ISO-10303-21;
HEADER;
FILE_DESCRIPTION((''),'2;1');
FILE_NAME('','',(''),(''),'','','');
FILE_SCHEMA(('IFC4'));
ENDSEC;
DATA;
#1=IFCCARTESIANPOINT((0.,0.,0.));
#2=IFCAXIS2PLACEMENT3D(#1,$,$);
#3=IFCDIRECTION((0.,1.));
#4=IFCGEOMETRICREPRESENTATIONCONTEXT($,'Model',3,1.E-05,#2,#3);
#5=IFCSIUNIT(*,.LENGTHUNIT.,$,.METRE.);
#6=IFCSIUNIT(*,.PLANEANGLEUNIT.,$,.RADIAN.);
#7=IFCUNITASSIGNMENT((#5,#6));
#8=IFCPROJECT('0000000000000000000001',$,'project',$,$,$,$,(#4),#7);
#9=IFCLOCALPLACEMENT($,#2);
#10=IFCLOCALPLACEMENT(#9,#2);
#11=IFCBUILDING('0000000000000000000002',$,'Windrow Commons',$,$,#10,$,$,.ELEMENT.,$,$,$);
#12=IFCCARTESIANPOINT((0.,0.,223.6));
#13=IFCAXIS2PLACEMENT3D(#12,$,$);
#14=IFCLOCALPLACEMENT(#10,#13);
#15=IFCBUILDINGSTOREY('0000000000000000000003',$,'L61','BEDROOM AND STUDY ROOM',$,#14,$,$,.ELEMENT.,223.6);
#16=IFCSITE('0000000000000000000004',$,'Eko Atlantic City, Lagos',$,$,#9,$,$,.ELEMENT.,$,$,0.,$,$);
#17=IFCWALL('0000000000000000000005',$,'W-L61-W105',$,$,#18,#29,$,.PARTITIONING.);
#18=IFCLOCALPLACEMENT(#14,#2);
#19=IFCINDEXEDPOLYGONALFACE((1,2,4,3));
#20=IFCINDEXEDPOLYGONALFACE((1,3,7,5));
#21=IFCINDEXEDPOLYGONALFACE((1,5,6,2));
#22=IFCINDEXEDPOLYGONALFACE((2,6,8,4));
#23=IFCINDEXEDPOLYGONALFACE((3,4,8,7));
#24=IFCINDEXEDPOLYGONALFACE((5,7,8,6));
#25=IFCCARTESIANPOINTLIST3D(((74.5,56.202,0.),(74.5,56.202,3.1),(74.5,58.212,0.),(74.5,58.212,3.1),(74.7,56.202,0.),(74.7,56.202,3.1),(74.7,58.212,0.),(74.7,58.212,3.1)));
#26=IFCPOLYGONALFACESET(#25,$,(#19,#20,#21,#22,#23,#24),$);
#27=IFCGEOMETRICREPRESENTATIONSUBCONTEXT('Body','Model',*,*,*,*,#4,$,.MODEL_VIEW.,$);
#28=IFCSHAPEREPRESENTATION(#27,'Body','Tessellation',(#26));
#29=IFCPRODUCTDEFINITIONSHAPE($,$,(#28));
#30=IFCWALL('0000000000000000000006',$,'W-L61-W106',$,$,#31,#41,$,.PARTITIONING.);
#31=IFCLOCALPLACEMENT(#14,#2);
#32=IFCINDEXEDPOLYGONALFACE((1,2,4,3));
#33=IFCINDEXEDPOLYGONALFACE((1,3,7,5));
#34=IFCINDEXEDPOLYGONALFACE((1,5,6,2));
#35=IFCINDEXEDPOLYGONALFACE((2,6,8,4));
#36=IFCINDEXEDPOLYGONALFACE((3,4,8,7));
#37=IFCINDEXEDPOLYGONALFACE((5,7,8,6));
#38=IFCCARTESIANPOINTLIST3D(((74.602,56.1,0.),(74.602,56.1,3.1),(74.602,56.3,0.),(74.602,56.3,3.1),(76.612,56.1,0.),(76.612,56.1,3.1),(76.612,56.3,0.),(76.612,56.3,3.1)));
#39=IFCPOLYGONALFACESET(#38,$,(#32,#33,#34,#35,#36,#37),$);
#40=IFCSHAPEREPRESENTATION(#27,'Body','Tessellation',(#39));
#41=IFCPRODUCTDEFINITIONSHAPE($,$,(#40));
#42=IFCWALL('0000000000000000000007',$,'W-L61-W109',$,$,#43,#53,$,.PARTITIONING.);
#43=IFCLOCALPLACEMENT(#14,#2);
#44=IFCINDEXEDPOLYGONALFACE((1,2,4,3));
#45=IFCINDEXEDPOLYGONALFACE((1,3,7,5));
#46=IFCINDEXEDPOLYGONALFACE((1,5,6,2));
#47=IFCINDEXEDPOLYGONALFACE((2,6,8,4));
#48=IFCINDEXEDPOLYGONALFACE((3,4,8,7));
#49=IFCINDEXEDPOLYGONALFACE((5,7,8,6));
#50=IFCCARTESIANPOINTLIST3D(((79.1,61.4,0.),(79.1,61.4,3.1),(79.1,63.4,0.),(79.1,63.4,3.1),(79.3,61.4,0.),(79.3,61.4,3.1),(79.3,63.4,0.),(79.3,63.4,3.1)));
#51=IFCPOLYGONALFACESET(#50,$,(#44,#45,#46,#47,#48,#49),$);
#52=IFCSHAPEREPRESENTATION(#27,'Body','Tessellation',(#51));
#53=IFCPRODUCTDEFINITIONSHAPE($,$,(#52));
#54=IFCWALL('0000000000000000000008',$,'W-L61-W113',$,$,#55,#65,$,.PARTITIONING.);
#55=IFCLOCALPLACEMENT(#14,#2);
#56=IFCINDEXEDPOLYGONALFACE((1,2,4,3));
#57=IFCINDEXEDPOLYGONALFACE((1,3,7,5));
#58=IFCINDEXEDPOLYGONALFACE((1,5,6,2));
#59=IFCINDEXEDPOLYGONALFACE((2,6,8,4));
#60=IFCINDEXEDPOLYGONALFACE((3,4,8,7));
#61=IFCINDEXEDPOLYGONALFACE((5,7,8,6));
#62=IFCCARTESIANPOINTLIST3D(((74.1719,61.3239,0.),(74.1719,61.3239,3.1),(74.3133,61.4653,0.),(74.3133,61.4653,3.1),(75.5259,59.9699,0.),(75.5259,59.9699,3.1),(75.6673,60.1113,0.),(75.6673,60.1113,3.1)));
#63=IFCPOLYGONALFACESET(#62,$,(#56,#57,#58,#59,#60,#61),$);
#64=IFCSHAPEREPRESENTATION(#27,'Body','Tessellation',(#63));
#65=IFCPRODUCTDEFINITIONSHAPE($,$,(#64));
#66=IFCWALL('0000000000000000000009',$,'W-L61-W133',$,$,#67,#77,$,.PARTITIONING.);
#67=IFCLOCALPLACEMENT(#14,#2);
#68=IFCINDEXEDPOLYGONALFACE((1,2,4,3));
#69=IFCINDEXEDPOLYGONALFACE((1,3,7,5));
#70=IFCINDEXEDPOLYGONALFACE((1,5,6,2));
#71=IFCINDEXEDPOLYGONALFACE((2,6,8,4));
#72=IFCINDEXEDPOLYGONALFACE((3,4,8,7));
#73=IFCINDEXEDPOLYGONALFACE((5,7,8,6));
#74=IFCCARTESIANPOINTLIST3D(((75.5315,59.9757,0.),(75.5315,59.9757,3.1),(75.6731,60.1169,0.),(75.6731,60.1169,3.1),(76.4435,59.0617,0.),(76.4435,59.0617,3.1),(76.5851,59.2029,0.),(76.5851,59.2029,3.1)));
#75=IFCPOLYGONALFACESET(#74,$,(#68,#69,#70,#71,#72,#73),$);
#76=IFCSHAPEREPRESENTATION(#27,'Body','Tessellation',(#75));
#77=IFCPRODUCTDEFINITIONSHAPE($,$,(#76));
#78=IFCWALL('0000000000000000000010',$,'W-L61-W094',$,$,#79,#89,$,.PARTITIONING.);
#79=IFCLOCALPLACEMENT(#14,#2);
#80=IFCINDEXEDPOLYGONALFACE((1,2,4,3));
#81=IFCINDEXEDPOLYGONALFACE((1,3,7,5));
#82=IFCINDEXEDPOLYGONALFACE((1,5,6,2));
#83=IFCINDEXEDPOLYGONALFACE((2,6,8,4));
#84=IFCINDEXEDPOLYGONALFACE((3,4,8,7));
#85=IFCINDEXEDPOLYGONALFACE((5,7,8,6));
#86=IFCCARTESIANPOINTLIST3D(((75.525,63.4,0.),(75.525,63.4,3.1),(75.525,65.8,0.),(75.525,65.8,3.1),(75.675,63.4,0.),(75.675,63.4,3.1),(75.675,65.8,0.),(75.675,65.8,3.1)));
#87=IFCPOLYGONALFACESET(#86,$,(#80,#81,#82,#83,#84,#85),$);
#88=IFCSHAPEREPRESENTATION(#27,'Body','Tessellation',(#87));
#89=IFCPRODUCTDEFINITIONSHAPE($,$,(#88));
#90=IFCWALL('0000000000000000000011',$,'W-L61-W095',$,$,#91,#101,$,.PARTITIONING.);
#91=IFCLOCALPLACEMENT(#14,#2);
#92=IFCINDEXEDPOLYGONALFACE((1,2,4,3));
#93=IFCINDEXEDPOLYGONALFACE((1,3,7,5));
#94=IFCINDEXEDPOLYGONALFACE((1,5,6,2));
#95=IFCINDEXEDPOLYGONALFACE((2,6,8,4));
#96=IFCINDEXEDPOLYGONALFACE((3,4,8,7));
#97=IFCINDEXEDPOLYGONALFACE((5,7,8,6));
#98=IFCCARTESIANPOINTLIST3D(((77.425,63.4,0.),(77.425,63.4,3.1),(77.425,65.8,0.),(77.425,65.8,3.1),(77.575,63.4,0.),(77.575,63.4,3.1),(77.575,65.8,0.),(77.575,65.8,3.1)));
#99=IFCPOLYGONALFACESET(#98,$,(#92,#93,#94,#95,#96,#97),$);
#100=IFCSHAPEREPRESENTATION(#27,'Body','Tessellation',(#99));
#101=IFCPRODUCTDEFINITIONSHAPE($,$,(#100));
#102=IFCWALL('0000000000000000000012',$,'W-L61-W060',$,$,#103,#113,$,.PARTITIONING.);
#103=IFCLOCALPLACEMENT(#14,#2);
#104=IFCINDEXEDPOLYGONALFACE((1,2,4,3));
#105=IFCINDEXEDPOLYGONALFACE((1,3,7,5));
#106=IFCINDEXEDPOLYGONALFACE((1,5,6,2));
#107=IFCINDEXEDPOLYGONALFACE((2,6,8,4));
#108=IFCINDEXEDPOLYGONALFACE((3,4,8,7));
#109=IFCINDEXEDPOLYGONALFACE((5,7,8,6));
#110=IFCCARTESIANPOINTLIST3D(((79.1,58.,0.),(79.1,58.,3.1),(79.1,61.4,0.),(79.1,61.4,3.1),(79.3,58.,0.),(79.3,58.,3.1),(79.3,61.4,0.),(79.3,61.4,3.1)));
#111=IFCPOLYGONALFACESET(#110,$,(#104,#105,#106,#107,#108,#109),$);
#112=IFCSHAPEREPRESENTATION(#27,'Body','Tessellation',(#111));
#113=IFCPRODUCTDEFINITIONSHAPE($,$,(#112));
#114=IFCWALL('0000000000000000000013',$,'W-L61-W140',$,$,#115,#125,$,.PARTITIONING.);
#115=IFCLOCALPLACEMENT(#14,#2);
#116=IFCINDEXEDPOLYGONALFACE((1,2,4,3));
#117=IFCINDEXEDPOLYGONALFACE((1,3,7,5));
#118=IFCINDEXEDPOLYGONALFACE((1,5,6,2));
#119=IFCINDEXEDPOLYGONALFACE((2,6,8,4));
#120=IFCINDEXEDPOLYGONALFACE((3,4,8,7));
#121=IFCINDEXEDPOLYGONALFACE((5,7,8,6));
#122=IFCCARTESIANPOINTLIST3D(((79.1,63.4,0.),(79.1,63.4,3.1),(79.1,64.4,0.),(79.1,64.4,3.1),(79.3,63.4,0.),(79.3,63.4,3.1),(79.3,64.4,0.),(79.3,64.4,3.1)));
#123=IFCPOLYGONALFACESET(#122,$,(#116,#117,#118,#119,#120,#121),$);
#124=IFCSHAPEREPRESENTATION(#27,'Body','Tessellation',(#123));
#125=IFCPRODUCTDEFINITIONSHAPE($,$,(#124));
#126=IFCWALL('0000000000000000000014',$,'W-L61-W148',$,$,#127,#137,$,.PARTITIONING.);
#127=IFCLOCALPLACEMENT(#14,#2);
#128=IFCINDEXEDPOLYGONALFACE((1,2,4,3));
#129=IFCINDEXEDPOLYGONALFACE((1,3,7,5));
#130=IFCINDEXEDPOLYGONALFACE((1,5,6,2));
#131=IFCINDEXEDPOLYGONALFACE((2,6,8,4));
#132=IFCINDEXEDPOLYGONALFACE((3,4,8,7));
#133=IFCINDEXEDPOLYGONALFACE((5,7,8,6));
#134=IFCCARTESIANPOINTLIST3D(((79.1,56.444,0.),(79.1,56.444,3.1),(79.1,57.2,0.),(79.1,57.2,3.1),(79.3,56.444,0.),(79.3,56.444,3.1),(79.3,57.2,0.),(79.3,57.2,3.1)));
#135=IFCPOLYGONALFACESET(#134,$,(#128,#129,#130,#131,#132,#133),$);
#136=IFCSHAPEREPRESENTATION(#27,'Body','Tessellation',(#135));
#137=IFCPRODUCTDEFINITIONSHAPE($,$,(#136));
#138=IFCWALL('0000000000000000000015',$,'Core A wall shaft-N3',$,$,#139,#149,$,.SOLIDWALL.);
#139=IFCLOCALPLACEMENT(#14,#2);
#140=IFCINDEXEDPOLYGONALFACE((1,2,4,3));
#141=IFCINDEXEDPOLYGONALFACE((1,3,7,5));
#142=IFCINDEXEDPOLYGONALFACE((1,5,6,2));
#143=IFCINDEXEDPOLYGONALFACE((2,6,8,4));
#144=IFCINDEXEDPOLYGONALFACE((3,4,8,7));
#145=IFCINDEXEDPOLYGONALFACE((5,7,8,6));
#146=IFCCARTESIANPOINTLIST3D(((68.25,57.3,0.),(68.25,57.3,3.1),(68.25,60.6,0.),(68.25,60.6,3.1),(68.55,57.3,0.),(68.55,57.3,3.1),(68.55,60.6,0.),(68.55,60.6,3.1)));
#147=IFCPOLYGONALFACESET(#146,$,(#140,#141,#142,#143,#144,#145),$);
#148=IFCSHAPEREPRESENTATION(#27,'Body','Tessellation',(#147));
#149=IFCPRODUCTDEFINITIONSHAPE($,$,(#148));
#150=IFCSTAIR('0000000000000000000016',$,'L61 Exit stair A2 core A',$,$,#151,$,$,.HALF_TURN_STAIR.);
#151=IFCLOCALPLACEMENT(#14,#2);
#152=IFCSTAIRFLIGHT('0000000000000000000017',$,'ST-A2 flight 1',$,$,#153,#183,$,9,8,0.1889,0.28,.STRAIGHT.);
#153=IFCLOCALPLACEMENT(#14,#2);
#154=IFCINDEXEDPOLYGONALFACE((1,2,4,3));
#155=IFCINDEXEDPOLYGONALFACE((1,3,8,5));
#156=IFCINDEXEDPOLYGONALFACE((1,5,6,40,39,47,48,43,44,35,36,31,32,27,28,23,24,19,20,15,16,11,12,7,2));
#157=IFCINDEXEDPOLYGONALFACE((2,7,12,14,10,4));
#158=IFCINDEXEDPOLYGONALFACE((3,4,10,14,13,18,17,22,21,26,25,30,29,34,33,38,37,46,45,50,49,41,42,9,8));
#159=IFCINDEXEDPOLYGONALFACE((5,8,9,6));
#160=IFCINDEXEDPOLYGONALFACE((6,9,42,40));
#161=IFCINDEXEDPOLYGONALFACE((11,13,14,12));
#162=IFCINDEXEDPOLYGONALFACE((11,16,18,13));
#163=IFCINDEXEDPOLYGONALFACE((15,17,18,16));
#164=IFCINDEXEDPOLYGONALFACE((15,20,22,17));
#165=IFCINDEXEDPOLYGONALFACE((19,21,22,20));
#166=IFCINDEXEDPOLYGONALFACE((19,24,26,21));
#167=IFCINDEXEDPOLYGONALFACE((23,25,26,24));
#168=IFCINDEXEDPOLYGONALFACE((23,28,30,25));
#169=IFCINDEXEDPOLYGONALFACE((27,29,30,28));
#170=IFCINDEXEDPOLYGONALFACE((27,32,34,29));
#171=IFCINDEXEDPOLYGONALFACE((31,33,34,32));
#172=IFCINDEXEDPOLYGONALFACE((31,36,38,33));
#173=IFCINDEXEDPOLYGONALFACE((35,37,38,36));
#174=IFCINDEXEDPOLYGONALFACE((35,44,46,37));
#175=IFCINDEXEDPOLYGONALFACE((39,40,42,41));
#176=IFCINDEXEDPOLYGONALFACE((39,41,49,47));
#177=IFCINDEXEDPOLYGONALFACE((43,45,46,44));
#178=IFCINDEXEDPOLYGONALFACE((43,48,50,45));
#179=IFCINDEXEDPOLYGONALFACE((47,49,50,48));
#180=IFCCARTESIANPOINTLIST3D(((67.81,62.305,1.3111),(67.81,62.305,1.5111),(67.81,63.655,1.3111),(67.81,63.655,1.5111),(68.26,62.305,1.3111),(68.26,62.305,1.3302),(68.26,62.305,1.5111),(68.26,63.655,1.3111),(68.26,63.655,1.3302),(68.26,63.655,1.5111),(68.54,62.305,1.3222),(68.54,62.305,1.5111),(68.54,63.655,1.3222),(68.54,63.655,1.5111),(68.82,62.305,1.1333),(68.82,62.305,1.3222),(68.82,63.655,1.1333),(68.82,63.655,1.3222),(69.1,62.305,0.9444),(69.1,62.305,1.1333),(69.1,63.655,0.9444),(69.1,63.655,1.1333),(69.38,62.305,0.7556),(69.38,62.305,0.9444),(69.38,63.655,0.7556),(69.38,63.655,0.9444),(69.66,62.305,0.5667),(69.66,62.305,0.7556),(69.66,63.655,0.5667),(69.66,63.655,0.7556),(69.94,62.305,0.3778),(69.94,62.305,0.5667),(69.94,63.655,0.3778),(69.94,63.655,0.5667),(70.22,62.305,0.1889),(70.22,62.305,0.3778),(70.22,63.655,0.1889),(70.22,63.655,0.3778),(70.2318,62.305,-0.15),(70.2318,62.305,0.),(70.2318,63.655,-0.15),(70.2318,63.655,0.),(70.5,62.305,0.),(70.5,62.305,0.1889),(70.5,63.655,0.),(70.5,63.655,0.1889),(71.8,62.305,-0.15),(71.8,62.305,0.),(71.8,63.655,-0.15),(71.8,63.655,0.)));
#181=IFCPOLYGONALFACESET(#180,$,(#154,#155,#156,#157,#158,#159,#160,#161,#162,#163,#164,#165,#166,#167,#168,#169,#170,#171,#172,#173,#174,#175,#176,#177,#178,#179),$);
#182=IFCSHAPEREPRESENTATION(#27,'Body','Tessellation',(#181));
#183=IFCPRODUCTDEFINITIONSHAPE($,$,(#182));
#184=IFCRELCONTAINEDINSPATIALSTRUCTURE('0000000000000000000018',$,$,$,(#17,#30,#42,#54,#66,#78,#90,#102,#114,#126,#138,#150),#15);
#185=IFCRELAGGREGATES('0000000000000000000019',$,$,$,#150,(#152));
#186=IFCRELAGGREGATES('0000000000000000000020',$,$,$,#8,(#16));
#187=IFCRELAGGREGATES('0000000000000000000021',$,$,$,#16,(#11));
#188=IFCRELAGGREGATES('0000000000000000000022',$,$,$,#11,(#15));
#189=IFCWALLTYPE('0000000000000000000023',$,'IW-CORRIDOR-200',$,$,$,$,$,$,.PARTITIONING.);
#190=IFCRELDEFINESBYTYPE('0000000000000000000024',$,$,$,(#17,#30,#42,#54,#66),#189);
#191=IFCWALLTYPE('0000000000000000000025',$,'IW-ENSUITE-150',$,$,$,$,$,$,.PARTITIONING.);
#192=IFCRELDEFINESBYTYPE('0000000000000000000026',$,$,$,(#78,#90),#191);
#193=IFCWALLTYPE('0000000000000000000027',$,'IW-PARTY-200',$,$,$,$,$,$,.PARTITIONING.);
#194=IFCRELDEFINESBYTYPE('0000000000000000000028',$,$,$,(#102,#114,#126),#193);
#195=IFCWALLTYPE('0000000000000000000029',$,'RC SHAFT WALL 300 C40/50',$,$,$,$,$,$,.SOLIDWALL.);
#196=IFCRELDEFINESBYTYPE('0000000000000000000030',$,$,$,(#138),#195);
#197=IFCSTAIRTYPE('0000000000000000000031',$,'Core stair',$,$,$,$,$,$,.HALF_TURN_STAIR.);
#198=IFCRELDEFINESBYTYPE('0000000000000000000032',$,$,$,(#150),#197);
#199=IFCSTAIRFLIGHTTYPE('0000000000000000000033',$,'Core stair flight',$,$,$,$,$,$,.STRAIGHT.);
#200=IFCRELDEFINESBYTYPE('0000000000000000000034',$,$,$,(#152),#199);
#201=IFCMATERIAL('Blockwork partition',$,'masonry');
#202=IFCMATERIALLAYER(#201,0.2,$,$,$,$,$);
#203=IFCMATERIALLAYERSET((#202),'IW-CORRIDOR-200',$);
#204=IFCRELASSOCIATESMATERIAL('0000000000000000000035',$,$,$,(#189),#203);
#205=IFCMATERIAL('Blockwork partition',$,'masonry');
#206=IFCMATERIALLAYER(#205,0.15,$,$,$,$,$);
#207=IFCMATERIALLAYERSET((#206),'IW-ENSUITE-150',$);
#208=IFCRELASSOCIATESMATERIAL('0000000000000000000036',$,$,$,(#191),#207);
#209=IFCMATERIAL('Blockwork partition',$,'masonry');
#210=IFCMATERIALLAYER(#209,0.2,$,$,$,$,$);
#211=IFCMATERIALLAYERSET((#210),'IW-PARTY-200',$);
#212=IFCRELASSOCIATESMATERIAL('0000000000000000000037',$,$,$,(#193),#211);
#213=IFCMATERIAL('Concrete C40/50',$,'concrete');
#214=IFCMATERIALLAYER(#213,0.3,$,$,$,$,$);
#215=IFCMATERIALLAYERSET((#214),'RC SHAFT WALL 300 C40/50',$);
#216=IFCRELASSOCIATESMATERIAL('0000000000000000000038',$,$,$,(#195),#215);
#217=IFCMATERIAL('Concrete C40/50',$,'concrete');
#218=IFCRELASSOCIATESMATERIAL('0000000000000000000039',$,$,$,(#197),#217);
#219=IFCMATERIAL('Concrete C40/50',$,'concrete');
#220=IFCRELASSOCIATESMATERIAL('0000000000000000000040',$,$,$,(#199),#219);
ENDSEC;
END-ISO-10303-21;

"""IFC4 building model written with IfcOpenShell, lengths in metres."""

from ifc_helpers import new_model, si_unit, direction, frame, frame_2d, origin, place, context, subcontext, project, spatial, polyline, rectangle, outline, extrude, material, layer, layer_set, type_object, element, aggregate, save


model = new_model("IFC4")

# Units and contexts
model_context = context("Model", 3, precision=1e-05, world=origin(), true_north=direction((0.0, 1.0)))
body_context = subcontext(model_context, "Body", "Model", "MODEL_VIEW")
ifc_project = project(units=[si_unit("LENGTHUNIT", "METRE"), si_unit("PLANEANGLEUNIT", "RADIAN")], contexts=[model_context])

# Site, building, storey
site_placement = place(None, origin())
site = spatial("IfcSite", under=ifc_project, at=site_placement, Name="Eko Atlantic City, Lagos", CompositionType="ELEMENT", RefElevation=0.0)
building_placement = place(site_placement, origin())
building = spatial("IfcBuilding", under=site, at=building_placement, Name="Windrow Commons", CompositionType="ELEMENT")
storey_placement = place(building_placement, frame((0.0, 0.0, 223.6)))
storey = spatial("IfcBuildingStorey", under=building, at=storey_placement, Name="L61", Description="BEDROOM AND STUDY ROOM", CompositionType="ELEMENT", Elevation=223.6)

# Shared definitions
ifc_material_1 = material(Name="Blockwork partition", Category="masonry")
ifc_layer_1 = layer(ifc_material_1, 0.2)
ifc_layer_set_1 = layer_set([ifc_layer_1], Name="IW-CORRIDOR-200")
wall_type_1 = type_object("IfcWallType", Name="IW-CORRIDOR-200", PredefinedType="PARTITIONING", material=ifc_layer_set_1)

# Walls
for number, where, z_axis, x_axis, name in (
    (1, (74.6, 56.202, 0.0), (0.0, 0.0, 1.0), (0.0, 1.0, 0.0), "W-L61-W105"),
    (2, (74.602, 56.2, 0.0), (0.0, 0.0, 1.0), (1.0, 0.0, 0.0), "W-L61-W106"),
):
    element("IfcWall", number, at=place(storey_placement, frame(where, z_axis=z_axis, x_axis=x_axis)), inside=storey, type_object=wall_type_1, Name=name, PredefinedType="PARTITIONING", context=body_context, shape_type="SweptSolid", body=[
        extrude(rectangle(XDim=2.01, YDim=0.2, at=frame_2d((1.005, 0.0))), origin(), (0.0, 0.0, 1.0), 3.1),
    ])
wall_1_placement = place(storey_placement, frame((79.2, 61.4, 0.0), z_axis=(0.0, 0.0, 1.0), x_axis=(0.0, 1.0, 0.0)))
element("IfcWall", 3, at=wall_1_placement, inside=storey, type_object=wall_type_1, Name="W-L61-W109", PredefinedType="PARTITIONING", context=body_context, shape_type="SweptSolid", body=[
    extrude(rectangle(XDim=2.0, YDim=0.2, at=frame_2d((1.0, 0.0))), origin(), (0.0, 0.0, 1.0), 3.1),
])
wall_2_placement = place(storey_placement, frame((74.2426, 61.3946, 0.0), z_axis=(0.0, 0.0, 1.0), x_axis=(0.707107, -0.707107, 0.0)))
element("IfcWall", 4, at=wall_2_placement, inside=storey, type_object=wall_type_1, Name="W-L61-W113", PredefinedType="PARTITIONING", context=body_context, shape_type="SweptSolid", body=[
    extrude(rectangle(XDim=1.9148, YDim=0.2, at=frame_2d((0.9574, 0.0))), origin(), (0.0, 0.0, 1.0), 3.1),
])
wall_3_placement = place(storey_placement, frame((75.6023, 60.0463, 0.0), z_axis=(0.0, 0.0, 1.0), x_axis=(0.706332, -0.707881, 0.0)))
element("IfcWall", 5, at=wall_3_placement, inside=storey, type_object=wall_type_1, Name="W-L61-W133", PredefinedType="PARTITIONING", context=body_context, shape_type="SweptSolid", body=[
    extrude(rectangle(XDim=1.2912, YDim=0.2, at=frame_2d((0.6456, 0.0))), origin(), (0.0, 0.0, 1.0), 3.1),
])
ifc_material_2 = material(Name="Blockwork partition", Category="masonry")
ifc_layer_2 = layer(ifc_material_2, 0.15)
ifc_layer_set_2 = layer_set([ifc_layer_2], Name="IW-ENSUITE-150")
wall_type_2 = type_object("IfcWallType", Name="IW-ENSUITE-150", PredefinedType="PARTITIONING", material=ifc_layer_set_2)
for number, where, z_axis, x_axis, name in (
    (6, (75.6, 63.4, 0.0), (0.0, 0.0, 1.0), (0.0, 1.0, 0.0), "W-L61-W094"),
    (7, (77.5, 63.4, 0.0), (0.0, 0.0, 1.0), (0.0, 1.0, 0.0), "W-L61-W095"),
):
    element("IfcWall", number, at=place(storey_placement, frame(where, z_axis=z_axis, x_axis=x_axis)), inside=storey, type_object=wall_type_2, Name=name, PredefinedType="PARTITIONING", context=body_context, shape_type="SweptSolid", body=[
        extrude(rectangle(XDim=2.4, YDim=0.15, at=frame_2d((1.2, 0.0))), origin(), (0.0, 0.0, 1.0), 3.1),
    ])
ifc_material_3 = material(Name="Blockwork partition", Category="masonry")
ifc_layer_3 = layer(ifc_material_3, 0.2)
ifc_layer_set_3 = layer_set([ifc_layer_3], Name="IW-PARTY-200")
wall_type_3 = type_object("IfcWallType", Name="IW-PARTY-200", PredefinedType="PARTITIONING", material=ifc_layer_set_3)
wall_4_placement = place(storey_placement, frame((79.2, 58.0, 0.0), z_axis=(0.0, 0.0, 1.0), x_axis=(0.0, 1.0, 0.0)))
element("IfcWall", 8, at=wall_4_placement, inside=storey, type_object=wall_type_3, Name="W-L61-W060", PredefinedType="PARTITIONING", context=body_context, shape_type="SweptSolid", body=[
    extrude(rectangle(XDim=3.4, YDim=0.2, at=frame_2d((1.7, 0.0))), origin(), (0.0, 0.0, 1.0), 3.1),
])
wall_5_placement = place(storey_placement, frame((79.2, 63.4, 0.0), z_axis=(0.0, 0.0, 1.0), x_axis=(0.0, 1.0, 0.0)))
element("IfcWall", 9, at=wall_5_placement, inside=storey, type_object=wall_type_3, Name="W-L61-W140", PredefinedType="PARTITIONING", context=body_context, shape_type="SweptSolid", body=[
    extrude(rectangle(XDim=1.0, YDim=0.2, at=frame_2d((0.5, 0.0))), origin(), (0.0, 0.0, 1.0), 3.1),
])
wall_6_placement = place(storey_placement, frame((79.2, 56.444, 0.0), z_axis=(0.0, 0.0, 1.0), x_axis=(0.0, 1.0, 0.0)))
element("IfcWall", 10, at=wall_6_placement, inside=storey, type_object=wall_type_3, Name="W-L61-W148", PredefinedType="PARTITIONING", context=body_context, shape_type="SweptSolid", body=[
    extrude(rectangle(XDim=0.756, YDim=0.2, at=frame_2d((0.378, 0.0))), origin(), (0.0, 0.0, 1.0), 3.1),
])
ifc_material_4 = material(Name="Concrete C40/50", Category="concrete")
ifc_layer_4 = layer(ifc_material_4, 0.3)
ifc_layer_set_4 = layer_set([ifc_layer_4], Name="RC SHAFT WALL 300 C40/50")
wall_type_4 = type_object("IfcWallType", Name="RC SHAFT WALL 300 C40/50", PredefinedType="SOLIDWALL", material=ifc_layer_set_4)
wall_7_placement = place(storey_placement, frame((68.4, 57.3, 0.0), z_axis=(0.0, 0.0, 1.0), x_axis=(0.0, 1.0, 0.0)))
element("IfcWall", 11, at=wall_7_placement, inside=storey, type_object=wall_type_4, Name="Core A wall shaft-N3", PredefinedType="SOLIDWALL", context=body_context, shape_type="SweptSolid", body=[
    extrude(rectangle(XDim=3.3, YDim=0.3, at=frame_2d((1.65, 0.0))), origin(), (0.0, 0.0, 1.0), 3.1),
])

# Stair, stair flight
ifc_material_5 = material(Name="Concrete C40/50", Category="concrete")
stair_type = type_object("IfcStairType", Name="Core stair", PredefinedType="HALF_TURN_STAIR", material=ifc_material_5)
stair_placement = place(storey_placement, origin())
stair = element("IfcStair", 12, at=stair_placement, inside=storey, type_object=stair_type, Name="L61 Exit stair A2 core A", PredefinedType="HALF_TURN_STAIR")
ifc_material_6 = material(Name="Concrete C40/50", Category="concrete")
stair_flight_type = type_object("IfcStairFlightType", Name="Core stair flight", PredefinedType="STRAIGHT", material=ifc_material_6)
stair_flight_1_placement = place(storey_placement, frame((70.5, 62.98, 0.0), z_axis=(0.0, 0.0, 1.0), x_axis=(-1.0, 0.0, 0.0)))
stair_flight_1 = element("IfcStairFlight", 13, at=stair_flight_1_placement, type_object=stair_flight_type, Name="ST-A2 flight 1", NumberOfRisers=9, NumberOfTreads=8, PredefinedType="STRAIGHT", RiserHeight=0.1889, TreadLength=0.28, context=body_context, shape_type="SweptSolid", body=[
    extrude(outline(polyline([(-1.3, -0.15), (-1.3, 0.0), (0.0, 0.0), (0.0, 0.1889), (0.28, 0.1889), (0.28, 0.3778), (0.56, 0.3778), (0.56, 0.5667), (0.84, 0.5667), (0.84, 0.7556), (1.12, 0.7556), (1.12, 0.9444), (1.4, 0.9444), (1.4, 1.1333), (1.68, 1.1333), (1.68, 1.3222), (1.96, 1.3222), (1.96, 1.5111), (2.24, 1.5111), (2.69, 1.5111), (2.69, 1.3111), (2.24, 1.3111), (2.24, 1.3302), (0.2682, 0.0), (0.2682, -0.15), (-1.3, -0.15)])), frame((0.0, 0.675, 0.0), z_axis=(0.0, -1.0, 0.0), x_axis=(1.0, 0.0, 0.0)), (0.0, 0.0, 1.0), 1.35),
])
aggregate(stair, [stair_flight_1])

save(model, "model.ifc")
